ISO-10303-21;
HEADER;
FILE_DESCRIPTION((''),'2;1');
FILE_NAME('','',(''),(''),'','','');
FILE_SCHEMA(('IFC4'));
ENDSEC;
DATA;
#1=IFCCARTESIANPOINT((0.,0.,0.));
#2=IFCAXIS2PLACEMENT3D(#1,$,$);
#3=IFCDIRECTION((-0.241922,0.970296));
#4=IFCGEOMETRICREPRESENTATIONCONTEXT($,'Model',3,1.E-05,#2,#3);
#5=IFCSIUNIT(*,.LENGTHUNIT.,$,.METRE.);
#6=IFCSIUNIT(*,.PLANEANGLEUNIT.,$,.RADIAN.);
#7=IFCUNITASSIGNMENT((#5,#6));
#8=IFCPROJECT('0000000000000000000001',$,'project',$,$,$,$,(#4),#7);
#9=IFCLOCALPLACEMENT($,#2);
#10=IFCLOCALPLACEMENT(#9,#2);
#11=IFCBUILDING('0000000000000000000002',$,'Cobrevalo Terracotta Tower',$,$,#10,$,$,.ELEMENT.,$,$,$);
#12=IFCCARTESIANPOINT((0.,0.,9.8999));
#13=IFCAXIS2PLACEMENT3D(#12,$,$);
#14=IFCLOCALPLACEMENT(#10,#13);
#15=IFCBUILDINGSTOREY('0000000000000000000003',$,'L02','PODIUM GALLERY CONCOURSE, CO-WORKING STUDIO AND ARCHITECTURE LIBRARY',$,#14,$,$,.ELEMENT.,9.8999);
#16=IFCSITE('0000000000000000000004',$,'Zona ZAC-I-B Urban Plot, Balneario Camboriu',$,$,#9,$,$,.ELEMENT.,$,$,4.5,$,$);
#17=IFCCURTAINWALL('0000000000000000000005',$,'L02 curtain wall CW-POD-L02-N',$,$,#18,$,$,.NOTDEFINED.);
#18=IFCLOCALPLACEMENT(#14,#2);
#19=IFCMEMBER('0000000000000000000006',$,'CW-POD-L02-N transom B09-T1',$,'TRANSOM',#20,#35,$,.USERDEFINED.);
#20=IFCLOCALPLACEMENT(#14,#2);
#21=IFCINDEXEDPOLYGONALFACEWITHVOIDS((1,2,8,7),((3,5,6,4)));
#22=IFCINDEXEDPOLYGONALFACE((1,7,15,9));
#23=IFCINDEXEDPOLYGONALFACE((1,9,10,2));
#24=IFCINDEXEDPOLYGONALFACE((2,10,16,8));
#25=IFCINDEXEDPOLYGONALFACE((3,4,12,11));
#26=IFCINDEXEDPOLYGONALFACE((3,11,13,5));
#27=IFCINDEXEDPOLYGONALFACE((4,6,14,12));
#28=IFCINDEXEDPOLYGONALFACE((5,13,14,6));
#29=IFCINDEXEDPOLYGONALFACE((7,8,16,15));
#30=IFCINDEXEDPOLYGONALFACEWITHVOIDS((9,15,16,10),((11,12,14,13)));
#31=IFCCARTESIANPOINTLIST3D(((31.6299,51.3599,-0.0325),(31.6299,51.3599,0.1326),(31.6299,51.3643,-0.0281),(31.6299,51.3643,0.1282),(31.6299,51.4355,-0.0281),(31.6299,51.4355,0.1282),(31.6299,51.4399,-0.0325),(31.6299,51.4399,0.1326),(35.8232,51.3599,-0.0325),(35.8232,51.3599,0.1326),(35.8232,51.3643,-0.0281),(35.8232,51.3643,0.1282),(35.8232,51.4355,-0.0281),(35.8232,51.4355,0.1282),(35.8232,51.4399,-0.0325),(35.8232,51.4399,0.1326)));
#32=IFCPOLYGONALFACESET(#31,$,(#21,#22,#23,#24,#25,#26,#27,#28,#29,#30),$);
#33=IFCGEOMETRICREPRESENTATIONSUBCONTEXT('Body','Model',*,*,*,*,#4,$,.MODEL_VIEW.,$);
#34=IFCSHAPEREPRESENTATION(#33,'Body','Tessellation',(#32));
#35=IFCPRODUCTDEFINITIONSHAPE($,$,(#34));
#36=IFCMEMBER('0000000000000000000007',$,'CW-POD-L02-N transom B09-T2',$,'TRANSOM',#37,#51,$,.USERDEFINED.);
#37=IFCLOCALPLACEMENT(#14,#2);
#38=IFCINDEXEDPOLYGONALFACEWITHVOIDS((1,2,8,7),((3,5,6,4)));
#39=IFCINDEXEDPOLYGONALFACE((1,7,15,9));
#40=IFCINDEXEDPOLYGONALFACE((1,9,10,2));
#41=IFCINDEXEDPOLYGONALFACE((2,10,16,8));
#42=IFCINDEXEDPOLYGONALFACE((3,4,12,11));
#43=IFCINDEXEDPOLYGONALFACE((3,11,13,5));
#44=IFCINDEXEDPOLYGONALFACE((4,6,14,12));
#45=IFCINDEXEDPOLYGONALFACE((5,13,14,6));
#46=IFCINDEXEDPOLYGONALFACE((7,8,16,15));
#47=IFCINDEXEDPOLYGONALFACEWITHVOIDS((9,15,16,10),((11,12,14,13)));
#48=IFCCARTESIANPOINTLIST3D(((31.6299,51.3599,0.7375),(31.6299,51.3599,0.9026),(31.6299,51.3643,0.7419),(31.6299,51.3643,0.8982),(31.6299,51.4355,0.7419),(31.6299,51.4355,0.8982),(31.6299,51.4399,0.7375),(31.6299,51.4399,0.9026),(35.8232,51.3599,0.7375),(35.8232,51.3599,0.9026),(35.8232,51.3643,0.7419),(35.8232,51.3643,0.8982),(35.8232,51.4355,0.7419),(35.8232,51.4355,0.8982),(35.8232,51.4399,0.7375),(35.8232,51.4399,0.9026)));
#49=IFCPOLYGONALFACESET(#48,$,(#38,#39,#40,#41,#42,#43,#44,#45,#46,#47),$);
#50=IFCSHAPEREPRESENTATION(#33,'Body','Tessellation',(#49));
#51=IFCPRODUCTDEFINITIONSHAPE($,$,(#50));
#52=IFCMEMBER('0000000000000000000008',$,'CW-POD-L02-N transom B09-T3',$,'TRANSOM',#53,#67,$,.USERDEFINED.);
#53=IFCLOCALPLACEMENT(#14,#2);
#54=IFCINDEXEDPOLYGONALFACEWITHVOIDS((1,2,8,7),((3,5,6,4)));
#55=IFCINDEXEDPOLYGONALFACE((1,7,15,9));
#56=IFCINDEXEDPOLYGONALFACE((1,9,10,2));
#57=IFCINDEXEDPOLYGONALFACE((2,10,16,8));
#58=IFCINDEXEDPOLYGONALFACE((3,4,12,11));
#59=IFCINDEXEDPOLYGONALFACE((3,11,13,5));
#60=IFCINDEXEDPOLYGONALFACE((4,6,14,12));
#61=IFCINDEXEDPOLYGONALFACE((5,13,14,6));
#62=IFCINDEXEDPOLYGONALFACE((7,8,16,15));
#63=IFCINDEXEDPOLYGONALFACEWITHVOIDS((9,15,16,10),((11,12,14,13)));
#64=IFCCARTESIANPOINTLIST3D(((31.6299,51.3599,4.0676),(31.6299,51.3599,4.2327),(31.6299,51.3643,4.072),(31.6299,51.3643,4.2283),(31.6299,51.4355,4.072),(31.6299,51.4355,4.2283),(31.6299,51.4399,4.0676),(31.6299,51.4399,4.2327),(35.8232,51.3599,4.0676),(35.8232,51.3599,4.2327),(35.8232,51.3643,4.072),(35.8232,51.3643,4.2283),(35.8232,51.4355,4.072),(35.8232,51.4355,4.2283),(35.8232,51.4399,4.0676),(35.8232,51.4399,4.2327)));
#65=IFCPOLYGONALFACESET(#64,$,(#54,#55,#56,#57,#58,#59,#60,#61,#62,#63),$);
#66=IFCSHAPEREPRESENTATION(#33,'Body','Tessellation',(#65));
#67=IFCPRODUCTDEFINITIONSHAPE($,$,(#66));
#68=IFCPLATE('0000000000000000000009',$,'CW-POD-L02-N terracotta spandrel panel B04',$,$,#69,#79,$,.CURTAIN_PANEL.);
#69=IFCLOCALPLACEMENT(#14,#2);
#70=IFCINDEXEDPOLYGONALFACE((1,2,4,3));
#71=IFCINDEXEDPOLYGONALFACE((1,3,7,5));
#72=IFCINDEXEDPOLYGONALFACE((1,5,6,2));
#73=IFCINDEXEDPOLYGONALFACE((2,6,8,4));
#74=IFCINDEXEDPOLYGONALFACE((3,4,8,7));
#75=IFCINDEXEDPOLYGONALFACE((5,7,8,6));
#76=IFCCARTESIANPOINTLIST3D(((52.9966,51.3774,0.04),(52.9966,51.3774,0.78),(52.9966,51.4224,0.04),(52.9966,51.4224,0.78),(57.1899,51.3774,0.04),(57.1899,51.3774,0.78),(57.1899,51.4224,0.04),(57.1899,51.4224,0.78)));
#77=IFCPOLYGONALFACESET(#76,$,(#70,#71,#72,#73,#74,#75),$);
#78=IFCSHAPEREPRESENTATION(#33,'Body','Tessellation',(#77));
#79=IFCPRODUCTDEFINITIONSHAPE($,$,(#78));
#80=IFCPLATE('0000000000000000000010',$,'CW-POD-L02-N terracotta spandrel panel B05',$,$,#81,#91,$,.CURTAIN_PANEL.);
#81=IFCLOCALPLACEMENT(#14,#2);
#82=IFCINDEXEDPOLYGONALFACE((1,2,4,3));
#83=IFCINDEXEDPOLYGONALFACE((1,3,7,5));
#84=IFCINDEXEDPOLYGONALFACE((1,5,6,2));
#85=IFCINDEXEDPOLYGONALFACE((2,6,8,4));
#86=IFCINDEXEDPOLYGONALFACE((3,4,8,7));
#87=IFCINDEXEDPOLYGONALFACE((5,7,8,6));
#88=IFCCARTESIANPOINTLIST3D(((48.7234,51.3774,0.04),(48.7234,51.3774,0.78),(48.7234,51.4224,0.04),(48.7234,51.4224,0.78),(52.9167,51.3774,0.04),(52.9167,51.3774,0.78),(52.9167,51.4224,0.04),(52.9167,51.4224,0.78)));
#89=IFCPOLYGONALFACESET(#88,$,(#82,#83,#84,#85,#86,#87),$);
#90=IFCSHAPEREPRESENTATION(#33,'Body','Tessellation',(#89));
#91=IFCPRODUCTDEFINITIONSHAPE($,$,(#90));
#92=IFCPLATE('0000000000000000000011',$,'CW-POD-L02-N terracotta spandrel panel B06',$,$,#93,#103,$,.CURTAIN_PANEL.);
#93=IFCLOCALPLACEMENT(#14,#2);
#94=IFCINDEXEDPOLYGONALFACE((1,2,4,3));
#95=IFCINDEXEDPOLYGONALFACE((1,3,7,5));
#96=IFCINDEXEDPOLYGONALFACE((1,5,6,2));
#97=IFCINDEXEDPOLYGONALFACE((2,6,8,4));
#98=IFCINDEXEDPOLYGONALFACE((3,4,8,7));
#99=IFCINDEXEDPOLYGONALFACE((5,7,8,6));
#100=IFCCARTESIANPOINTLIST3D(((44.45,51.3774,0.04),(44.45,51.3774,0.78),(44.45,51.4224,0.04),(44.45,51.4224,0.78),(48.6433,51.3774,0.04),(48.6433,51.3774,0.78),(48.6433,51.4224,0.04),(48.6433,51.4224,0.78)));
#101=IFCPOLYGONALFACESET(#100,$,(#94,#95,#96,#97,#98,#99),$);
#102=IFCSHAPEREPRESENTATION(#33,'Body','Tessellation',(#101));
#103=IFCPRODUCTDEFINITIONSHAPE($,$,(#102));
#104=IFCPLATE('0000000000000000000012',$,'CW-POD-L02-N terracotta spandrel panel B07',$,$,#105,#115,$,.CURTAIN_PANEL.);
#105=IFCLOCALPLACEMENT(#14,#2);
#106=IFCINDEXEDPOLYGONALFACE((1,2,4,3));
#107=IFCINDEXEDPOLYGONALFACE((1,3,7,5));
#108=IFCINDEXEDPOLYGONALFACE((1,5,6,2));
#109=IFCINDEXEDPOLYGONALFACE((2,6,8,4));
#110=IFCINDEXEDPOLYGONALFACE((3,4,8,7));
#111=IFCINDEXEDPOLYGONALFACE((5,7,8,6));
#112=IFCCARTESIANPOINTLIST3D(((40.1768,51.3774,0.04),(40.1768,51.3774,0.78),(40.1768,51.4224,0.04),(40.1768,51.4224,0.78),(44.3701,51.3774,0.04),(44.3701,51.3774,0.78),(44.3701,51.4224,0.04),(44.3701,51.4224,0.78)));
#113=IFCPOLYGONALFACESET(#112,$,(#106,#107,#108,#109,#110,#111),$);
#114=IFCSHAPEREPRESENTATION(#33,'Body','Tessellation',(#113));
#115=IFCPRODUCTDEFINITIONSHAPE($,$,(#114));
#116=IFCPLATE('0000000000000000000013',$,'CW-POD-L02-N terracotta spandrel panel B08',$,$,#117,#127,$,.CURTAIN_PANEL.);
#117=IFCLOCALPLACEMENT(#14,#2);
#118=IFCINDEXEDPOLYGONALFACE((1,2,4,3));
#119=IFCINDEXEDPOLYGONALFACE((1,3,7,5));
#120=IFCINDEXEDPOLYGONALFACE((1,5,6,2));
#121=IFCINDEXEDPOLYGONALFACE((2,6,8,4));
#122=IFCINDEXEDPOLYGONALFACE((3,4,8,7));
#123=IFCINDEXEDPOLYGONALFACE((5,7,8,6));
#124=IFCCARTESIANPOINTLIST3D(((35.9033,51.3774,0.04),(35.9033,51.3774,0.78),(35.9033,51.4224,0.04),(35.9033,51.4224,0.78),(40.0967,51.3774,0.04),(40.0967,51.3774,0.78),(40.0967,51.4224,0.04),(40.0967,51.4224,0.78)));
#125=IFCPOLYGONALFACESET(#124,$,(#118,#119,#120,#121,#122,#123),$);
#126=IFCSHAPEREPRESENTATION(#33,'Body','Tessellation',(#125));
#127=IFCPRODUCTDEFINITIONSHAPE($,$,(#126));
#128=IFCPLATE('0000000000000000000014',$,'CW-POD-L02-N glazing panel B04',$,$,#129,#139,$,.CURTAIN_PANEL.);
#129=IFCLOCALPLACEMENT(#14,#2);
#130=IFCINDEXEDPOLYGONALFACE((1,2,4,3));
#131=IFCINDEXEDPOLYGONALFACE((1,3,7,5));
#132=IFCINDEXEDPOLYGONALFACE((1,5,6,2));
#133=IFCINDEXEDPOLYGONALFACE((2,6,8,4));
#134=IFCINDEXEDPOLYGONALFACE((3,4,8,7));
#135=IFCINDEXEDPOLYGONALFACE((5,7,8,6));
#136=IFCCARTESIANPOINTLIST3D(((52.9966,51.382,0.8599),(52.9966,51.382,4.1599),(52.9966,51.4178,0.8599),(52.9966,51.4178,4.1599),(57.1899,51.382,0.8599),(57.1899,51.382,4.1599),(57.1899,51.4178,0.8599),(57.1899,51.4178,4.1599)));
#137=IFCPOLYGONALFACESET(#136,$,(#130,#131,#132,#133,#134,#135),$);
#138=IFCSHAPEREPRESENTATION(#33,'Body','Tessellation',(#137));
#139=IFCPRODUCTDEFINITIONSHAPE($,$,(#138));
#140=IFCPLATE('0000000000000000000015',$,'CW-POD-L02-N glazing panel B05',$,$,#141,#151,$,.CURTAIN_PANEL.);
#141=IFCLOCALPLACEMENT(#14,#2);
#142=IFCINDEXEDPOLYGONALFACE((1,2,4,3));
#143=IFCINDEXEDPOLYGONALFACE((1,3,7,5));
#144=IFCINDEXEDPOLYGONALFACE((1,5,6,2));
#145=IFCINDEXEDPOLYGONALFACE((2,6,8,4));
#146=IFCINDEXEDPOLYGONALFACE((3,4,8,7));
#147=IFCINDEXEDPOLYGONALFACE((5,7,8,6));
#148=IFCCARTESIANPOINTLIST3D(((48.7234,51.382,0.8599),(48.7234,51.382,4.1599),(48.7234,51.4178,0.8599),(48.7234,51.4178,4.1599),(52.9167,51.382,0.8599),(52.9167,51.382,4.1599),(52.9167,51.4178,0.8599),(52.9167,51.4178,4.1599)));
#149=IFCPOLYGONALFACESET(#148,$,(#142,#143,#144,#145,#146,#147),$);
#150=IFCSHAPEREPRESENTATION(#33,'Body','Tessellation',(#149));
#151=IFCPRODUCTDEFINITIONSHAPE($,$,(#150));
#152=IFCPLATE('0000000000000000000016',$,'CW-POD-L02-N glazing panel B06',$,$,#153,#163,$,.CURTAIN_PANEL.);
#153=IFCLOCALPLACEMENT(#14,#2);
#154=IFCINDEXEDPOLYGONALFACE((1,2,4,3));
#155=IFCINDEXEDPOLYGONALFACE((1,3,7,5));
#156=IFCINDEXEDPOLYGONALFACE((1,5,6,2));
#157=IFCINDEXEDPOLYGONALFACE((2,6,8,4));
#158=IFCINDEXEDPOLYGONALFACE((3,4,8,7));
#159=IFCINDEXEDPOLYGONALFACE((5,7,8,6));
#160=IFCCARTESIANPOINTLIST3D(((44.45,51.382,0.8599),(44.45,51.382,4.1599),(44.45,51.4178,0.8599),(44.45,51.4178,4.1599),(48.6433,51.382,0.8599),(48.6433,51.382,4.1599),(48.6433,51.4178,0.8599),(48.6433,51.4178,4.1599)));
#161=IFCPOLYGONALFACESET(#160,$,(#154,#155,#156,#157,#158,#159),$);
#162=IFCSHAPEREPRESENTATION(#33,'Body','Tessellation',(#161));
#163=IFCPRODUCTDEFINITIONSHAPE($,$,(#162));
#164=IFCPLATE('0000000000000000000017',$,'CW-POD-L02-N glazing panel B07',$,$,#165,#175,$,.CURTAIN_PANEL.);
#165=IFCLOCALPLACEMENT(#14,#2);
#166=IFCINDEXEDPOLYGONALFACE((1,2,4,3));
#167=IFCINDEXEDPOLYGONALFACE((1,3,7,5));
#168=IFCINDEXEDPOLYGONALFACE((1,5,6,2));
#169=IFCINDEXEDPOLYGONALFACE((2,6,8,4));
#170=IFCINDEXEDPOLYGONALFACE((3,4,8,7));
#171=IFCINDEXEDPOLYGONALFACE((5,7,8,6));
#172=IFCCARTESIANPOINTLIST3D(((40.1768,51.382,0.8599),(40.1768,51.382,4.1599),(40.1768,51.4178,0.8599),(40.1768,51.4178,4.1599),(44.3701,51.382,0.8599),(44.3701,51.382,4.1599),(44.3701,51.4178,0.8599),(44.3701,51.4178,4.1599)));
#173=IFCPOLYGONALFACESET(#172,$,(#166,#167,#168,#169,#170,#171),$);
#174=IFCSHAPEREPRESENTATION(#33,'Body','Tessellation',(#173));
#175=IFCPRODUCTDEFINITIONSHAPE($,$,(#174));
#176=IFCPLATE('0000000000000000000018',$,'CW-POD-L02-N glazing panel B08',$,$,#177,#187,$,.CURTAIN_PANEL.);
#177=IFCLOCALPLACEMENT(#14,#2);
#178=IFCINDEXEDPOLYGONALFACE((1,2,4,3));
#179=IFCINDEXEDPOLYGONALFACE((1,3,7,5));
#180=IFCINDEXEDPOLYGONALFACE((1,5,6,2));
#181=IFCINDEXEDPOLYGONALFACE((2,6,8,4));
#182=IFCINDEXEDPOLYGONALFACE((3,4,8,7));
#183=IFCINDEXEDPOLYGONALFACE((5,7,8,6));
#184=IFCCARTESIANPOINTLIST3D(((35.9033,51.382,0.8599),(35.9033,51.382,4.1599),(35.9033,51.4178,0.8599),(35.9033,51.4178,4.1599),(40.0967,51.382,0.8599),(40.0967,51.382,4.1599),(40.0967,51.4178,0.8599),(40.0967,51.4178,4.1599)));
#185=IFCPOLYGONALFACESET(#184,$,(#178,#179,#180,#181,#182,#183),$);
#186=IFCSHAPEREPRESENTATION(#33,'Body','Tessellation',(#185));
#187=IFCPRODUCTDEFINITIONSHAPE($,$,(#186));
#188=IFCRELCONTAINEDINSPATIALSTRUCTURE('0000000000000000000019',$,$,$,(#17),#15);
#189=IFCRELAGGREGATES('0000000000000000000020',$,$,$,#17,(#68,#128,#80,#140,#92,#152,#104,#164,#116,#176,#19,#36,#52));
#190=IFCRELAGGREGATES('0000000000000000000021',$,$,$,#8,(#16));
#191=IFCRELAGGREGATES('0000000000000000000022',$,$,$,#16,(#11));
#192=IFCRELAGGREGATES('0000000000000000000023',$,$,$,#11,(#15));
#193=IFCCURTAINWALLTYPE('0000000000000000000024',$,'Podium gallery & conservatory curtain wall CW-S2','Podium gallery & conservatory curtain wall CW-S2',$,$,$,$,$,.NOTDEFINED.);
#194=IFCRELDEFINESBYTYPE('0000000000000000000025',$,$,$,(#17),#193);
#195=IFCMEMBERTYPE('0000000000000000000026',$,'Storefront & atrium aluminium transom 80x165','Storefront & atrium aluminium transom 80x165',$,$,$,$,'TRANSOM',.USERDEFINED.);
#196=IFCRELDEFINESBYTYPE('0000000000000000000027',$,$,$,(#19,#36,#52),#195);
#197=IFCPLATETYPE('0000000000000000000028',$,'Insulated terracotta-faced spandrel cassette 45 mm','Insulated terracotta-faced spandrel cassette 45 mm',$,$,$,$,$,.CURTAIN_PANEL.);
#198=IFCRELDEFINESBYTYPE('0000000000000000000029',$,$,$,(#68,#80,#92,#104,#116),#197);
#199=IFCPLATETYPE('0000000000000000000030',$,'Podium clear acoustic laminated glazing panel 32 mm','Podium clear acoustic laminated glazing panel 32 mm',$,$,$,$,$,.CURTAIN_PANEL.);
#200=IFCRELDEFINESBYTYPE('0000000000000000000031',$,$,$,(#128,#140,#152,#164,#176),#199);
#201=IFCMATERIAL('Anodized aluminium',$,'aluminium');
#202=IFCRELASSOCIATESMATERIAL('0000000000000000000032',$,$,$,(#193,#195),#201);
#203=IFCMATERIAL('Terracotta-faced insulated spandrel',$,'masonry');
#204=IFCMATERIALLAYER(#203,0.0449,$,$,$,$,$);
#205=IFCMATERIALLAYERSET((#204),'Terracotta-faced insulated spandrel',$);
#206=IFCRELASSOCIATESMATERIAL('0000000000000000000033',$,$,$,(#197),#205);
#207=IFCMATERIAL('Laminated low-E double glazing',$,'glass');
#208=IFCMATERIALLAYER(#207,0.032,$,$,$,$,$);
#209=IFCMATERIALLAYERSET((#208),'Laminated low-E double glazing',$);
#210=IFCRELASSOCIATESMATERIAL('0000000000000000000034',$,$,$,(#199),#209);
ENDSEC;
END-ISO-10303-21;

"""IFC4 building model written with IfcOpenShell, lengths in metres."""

from ifc_helpers import new_model, si_unit, direction, frame, origin, origin_2d, place, context, subcontext, project, spatial, rectangle, hollow_rectangle, extrude, source, transform, mapped, material, layer, layer_set, material_profile, profile_set, type_object, element, aggregate, save


model = new_model("IFC4")

# Units and contexts
model_context = context("Model", 3, precision=1e-05, world=origin(), true_north=direction((-0.241922, 0.970296)))
body_context = subcontext(model_context, "Body", "Model", "MODEL_VIEW")
ifc_project = project(units=[si_unit("LENGTHUNIT", "METRE"), si_unit("PLANEANGLEUNIT", "RADIAN")], contexts=[model_context])

# Site, building, storey
site_placement = place(None, origin())
site = spatial("IfcSite", under=ifc_project, at=site_placement, Name="Zona ZAC-I-B Urban Plot, Balneario Camboriu", CompositionType="ELEMENT", RefElevation=4.5)
building_placement = place(site_placement, origin())
building = spatial("IfcBuilding", under=site, at=building_placement, Name="Cobrevalo Terracotta Tower", CompositionType="ELEMENT")
storey_placement = place(building_placement, frame((0.0, 0.0, 9.8999)))
storey = spatial("IfcBuildingStorey", under=building, at=storey_placement, Name="L02", Description="PODIUM GALLERY CONCOURSE, CO-WORKING STUDIO AND ARCHITECTURE LIBRARY", CompositionType="ELEMENT", Elevation=9.8999)

# Curtain wall, members, plates
ifc_material_1 = material(Name="Anodized aluminium", Category="aluminium")
curtain_wall_type = type_object("IfcCurtainWallType", Name="Podium gallery & conservatory curtain wall CW-S2", Description="Podium gallery & conservatory curtain wall CW-S2", PredefinedType="NOTDEFINED", material=ifc_material_1)
curtain_wall_placement = place(storey_placement, origin())
curtain_wall = element("IfcCurtainWall", 1, at=curtain_wall_placement, inside=storey, type_object=curtain_wall_type, Name="L02 curtain wall CW-POD-L02-N", PredefinedType="NOTDEFINED")
ifc_material_profile_1 = material_profile(ifc_material_1, hollow_rectangle(XDim=0.0801, YDim=0.165, WallThickness=0.0044, at=origin_2d()), Name="CWT 80x165")
ifc_profile_set_1 = profile_set([ifc_material_profile_1], Name="Anodized aluminium")
member_type_1 = type_object("IfcMemberType", Name="Storefront & atrium aluminium transom 80x165", Description="Storefront & atrium aluminium transom 80x165", ElementType="TRANSOM", PredefinedType="USERDEFINED", material=ifc_profile_set_1)
shared_shape_1 = source(origin(), body_context, "Body", "SweptSolid", [
    extrude(hollow_rectangle(XDim=0.0801, YDim=0.165, WallThickness=0.0044, at=origin_2d()), origin(), (0.0, 0.0, 1.0), 4.1934),
])
member_1_placement = place(storey_placement, frame((35.8232, 51.3999, 0.05), z_axis=(-1.0, 0.0, 0.0), x_axis=(0.0, -1.0, 0.0)))
member_1 = element("IfcMember", 2, at=member_1_placement, type_object=member_type_1, Name="CW-POD-L02-N transom B09-T1", ObjectType="TRANSOM", PredefinedType="USERDEFINED", context=body_context, shape_type="MappedRepresentation", body=[
    mapped(shared_shape_1, transform((0.0, 0.0, 0.0), scale=1.0)),
])
member_2_placement = place(storey_placement, frame((35.8232, 51.3999, 0.8201), z_axis=(-1.0, 0.0, 0.0), x_axis=(0.0, -1.0, 0.0)))
member_2 = element("IfcMember", 3, at=member_2_placement, type_object=member_type_1, Name="CW-POD-L02-N transom B09-T2", ObjectType="TRANSOM", PredefinedType="USERDEFINED", context=body_context, shape_type="MappedRepresentation", body=[
    mapped(shared_shape_1, transform((0.0, 0.0, 0.0), scale=1.0)),
])
member_3_placement = place(storey_placement, frame((35.8232, 51.3999, 4.1501), z_axis=(-1.0, 0.0, 0.0), x_axis=(0.0, -1.0, 0.0)))
member_3 = element("IfcMember", 4, at=member_3_placement, type_object=member_type_1, Name="CW-POD-L02-N transom B09-T3", ObjectType="TRANSOM", PredefinedType="USERDEFINED", context=body_context, shape_type="MappedRepresentation", body=[
    mapped(shared_shape_1, transform((0.0, 0.0, 0.0), scale=1.0)),
])
ifc_material_2 = material(Name="Terracotta-faced insulated spandrel", Category="masonry")
ifc_layer_1 = layer(ifc_material_2, 0.0449)
ifc_layer_set_1 = layer_set([ifc_layer_1], Name="Terracotta-faced insulated spandrel")
plate_type_1 = type_object("IfcPlateType", Name="Insulated terracotta-faced spandrel cassette 45 mm", Description="Insulated terracotta-faced spandrel cassette 45 mm", PredefinedType="CURTAIN_PANEL", material=ifc_layer_set_1)
shared_shape_2 = source(origin(), body_context, "Body", "SweptSolid", [
    extrude(rectangle(XDim=4.1934, YDim=0.0449, at=origin_2d()), origin(), (0.0, 0.0, 1.0), 0.74),
])
plate_1_placement = place(storey_placement, frame((55.0933, 51.3999, 0.04), z_axis=(0.0, 0.0, 1.0), x_axis=(-1.0, 0.0, 0.0)))
plate_1 = element("IfcPlate", 5, at=plate_1_placement, type_object=plate_type_1, Name="CW-POD-L02-N terracotta spandrel panel B04", PredefinedType="CURTAIN_PANEL", context=body_context, shape_type="MappedRepresentation", body=[
    mapped(shared_shape_2, transform((0.0, 0.0, 0.0), scale=1.0)),
])
plate_2_placement = place(storey_placement, frame((50.8201, 51.3999, 0.04), z_axis=(0.0, 0.0, 1.0), x_axis=(-1.0, 0.0, 0.0)))
plate_2 = element("IfcPlate", 6, at=plate_2_placement, type_object=plate_type_1, Name="CW-POD-L02-N terracotta spandrel panel B05", PredefinedType="CURTAIN_PANEL", context=body_context, shape_type="MappedRepresentation", body=[
    mapped(shared_shape_2, transform((0.0, 0.0, 0.0), scale=1.0)),
])
plate_3_placement = place(storey_placement, frame((46.5466, 51.3999, 0.04), z_axis=(0.0, 0.0, 1.0), x_axis=(-1.0, 0.0, 0.0)))
plate_3 = element("IfcPlate", 7, at=plate_3_placement, type_object=plate_type_1, Name="CW-POD-L02-N terracotta spandrel panel B06", PredefinedType="CURTAIN_PANEL", context=body_context, shape_type="MappedRepresentation", body=[
    mapped(shared_shape_2, transform((0.0, 0.0, 0.0), scale=1.0)),
])
plate_4_placement = place(storey_placement, frame((42.2734, 51.3999, 0.04), z_axis=(0.0, 0.0, 1.0), x_axis=(-1.0, 0.0, 0.0)))
plate_4 = element("IfcPlate", 8, at=plate_4_placement, type_object=plate_type_1, Name="CW-POD-L02-N terracotta spandrel panel B07", PredefinedType="CURTAIN_PANEL", context=body_context, shape_type="MappedRepresentation", body=[
    mapped(shared_shape_2, transform((0.0, 0.0, 0.0), scale=1.0)),
])
plate_5_placement = place(storey_placement, frame((38.0, 51.3999, 0.04), z_axis=(0.0, 0.0, 1.0), x_axis=(-1.0, 0.0, 0.0)))
plate_5 = element("IfcPlate", 9, at=plate_5_placement, type_object=plate_type_1, Name="CW-POD-L02-N terracotta spandrel panel B08", PredefinedType="CURTAIN_PANEL", context=body_context, shape_type="MappedRepresentation", body=[
    mapped(shared_shape_2, transform((0.0, 0.0, 0.0), scale=1.0)),
])
ifc_material_3 = material(Name="Laminated low-E double glazing", Category="glass")
ifc_layer_2 = layer(ifc_material_3, 0.032)
ifc_layer_set_2 = layer_set([ifc_layer_2], Name="Laminated low-E double glazing")
plate_type_2 = type_object("IfcPlateType", Name="Podium clear acoustic laminated glazing panel 32 mm", Description="Podium clear acoustic laminated glazing panel 32 mm", PredefinedType="CURTAIN_PANEL", material=ifc_layer_set_2)
shared_shape_3 = source(origin(), body_context, "Body", "SweptSolid", [
    extrude(rectangle(XDim=4.1934, YDim=0.0359, at=origin_2d()), origin(), (0.0, 0.0, 1.0), 3.3),
])
plate_6_placement = place(storey_placement, frame((55.0933, 51.3999, 0.8599), z_axis=(0.0, 0.0, 1.0), x_axis=(-1.0, 0.0, 0.0)))
plate_6 = element("IfcPlate", 10, at=plate_6_placement, type_object=plate_type_2, Name="CW-POD-L02-N glazing panel B04", PredefinedType="CURTAIN_PANEL", context=body_context, shape_type="MappedRepresentation", body=[
    mapped(shared_shape_3, transform((0.0, 0.0, 0.0), scale=1.0)),
])
plate_7_placement = place(storey_placement, frame((50.8201, 51.3999, 0.8599), z_axis=(0.0, 0.0, 1.0), x_axis=(-1.0, 0.0, 0.0)))
plate_7 = element("IfcPlate", 11, at=plate_7_placement, type_object=plate_type_2, Name="CW-POD-L02-N glazing panel B05", PredefinedType="CURTAIN_PANEL", context=body_context, shape_type="MappedRepresentation", body=[
    mapped(shared_shape_3, transform((0.0, 0.0, 0.0), scale=1.0)),
])
plate_8_placement = place(storey_placement, frame((46.5466, 51.3999, 0.8599), z_axis=(0.0, 0.0, 1.0), x_axis=(-1.0, 0.0, 0.0)))
plate_8 = element("IfcPlate", 12, at=plate_8_placement, type_object=plate_type_2, Name="CW-POD-L02-N glazing panel B06", PredefinedType="CURTAIN_PANEL", context=body_context, shape_type="MappedRepresentation", body=[
    mapped(shared_shape_3, transform((0.0, 0.0, 0.0), scale=1.0)),
])
plate_9_placement = place(storey_placement, frame((42.2734, 51.3999, 0.8599), z_axis=(0.0, 0.0, 1.0), x_axis=(-1.0, 0.0, 0.0)))
plate_9 = element("IfcPlate", 13, at=plate_9_placement, type_object=plate_type_2, Name="CW-POD-L02-N glazing panel B07", PredefinedType="CURTAIN_PANEL", context=body_context, shape_type="MappedRepresentation", body=[
    mapped(shared_shape_3, transform((0.0, 0.0, 0.0), scale=1.0)),
])
plate_10_placement = place(storey_placement, frame((38.0, 51.3999, 0.8599), z_axis=(0.0, 0.0, 1.0), x_axis=(-1.0, 0.0, 0.0)))
plate_10 = element("IfcPlate", 14, at=plate_10_placement, type_object=plate_type_2, Name="CW-POD-L02-N glazing panel B08", PredefinedType="CURTAIN_PANEL", context=body_context, shape_type="MappedRepresentation", body=[
    mapped(shared_shape_3, transform((0.0, 0.0, 0.0), scale=1.0)),
])
aggregate(curtain_wall, [plate_1, plate_6, plate_2, plate_7, plate_3, plate_8, plate_4, plate_9, plate_5, plate_10, member_1, member_2, member_3])

save(model, "model.ifc")
